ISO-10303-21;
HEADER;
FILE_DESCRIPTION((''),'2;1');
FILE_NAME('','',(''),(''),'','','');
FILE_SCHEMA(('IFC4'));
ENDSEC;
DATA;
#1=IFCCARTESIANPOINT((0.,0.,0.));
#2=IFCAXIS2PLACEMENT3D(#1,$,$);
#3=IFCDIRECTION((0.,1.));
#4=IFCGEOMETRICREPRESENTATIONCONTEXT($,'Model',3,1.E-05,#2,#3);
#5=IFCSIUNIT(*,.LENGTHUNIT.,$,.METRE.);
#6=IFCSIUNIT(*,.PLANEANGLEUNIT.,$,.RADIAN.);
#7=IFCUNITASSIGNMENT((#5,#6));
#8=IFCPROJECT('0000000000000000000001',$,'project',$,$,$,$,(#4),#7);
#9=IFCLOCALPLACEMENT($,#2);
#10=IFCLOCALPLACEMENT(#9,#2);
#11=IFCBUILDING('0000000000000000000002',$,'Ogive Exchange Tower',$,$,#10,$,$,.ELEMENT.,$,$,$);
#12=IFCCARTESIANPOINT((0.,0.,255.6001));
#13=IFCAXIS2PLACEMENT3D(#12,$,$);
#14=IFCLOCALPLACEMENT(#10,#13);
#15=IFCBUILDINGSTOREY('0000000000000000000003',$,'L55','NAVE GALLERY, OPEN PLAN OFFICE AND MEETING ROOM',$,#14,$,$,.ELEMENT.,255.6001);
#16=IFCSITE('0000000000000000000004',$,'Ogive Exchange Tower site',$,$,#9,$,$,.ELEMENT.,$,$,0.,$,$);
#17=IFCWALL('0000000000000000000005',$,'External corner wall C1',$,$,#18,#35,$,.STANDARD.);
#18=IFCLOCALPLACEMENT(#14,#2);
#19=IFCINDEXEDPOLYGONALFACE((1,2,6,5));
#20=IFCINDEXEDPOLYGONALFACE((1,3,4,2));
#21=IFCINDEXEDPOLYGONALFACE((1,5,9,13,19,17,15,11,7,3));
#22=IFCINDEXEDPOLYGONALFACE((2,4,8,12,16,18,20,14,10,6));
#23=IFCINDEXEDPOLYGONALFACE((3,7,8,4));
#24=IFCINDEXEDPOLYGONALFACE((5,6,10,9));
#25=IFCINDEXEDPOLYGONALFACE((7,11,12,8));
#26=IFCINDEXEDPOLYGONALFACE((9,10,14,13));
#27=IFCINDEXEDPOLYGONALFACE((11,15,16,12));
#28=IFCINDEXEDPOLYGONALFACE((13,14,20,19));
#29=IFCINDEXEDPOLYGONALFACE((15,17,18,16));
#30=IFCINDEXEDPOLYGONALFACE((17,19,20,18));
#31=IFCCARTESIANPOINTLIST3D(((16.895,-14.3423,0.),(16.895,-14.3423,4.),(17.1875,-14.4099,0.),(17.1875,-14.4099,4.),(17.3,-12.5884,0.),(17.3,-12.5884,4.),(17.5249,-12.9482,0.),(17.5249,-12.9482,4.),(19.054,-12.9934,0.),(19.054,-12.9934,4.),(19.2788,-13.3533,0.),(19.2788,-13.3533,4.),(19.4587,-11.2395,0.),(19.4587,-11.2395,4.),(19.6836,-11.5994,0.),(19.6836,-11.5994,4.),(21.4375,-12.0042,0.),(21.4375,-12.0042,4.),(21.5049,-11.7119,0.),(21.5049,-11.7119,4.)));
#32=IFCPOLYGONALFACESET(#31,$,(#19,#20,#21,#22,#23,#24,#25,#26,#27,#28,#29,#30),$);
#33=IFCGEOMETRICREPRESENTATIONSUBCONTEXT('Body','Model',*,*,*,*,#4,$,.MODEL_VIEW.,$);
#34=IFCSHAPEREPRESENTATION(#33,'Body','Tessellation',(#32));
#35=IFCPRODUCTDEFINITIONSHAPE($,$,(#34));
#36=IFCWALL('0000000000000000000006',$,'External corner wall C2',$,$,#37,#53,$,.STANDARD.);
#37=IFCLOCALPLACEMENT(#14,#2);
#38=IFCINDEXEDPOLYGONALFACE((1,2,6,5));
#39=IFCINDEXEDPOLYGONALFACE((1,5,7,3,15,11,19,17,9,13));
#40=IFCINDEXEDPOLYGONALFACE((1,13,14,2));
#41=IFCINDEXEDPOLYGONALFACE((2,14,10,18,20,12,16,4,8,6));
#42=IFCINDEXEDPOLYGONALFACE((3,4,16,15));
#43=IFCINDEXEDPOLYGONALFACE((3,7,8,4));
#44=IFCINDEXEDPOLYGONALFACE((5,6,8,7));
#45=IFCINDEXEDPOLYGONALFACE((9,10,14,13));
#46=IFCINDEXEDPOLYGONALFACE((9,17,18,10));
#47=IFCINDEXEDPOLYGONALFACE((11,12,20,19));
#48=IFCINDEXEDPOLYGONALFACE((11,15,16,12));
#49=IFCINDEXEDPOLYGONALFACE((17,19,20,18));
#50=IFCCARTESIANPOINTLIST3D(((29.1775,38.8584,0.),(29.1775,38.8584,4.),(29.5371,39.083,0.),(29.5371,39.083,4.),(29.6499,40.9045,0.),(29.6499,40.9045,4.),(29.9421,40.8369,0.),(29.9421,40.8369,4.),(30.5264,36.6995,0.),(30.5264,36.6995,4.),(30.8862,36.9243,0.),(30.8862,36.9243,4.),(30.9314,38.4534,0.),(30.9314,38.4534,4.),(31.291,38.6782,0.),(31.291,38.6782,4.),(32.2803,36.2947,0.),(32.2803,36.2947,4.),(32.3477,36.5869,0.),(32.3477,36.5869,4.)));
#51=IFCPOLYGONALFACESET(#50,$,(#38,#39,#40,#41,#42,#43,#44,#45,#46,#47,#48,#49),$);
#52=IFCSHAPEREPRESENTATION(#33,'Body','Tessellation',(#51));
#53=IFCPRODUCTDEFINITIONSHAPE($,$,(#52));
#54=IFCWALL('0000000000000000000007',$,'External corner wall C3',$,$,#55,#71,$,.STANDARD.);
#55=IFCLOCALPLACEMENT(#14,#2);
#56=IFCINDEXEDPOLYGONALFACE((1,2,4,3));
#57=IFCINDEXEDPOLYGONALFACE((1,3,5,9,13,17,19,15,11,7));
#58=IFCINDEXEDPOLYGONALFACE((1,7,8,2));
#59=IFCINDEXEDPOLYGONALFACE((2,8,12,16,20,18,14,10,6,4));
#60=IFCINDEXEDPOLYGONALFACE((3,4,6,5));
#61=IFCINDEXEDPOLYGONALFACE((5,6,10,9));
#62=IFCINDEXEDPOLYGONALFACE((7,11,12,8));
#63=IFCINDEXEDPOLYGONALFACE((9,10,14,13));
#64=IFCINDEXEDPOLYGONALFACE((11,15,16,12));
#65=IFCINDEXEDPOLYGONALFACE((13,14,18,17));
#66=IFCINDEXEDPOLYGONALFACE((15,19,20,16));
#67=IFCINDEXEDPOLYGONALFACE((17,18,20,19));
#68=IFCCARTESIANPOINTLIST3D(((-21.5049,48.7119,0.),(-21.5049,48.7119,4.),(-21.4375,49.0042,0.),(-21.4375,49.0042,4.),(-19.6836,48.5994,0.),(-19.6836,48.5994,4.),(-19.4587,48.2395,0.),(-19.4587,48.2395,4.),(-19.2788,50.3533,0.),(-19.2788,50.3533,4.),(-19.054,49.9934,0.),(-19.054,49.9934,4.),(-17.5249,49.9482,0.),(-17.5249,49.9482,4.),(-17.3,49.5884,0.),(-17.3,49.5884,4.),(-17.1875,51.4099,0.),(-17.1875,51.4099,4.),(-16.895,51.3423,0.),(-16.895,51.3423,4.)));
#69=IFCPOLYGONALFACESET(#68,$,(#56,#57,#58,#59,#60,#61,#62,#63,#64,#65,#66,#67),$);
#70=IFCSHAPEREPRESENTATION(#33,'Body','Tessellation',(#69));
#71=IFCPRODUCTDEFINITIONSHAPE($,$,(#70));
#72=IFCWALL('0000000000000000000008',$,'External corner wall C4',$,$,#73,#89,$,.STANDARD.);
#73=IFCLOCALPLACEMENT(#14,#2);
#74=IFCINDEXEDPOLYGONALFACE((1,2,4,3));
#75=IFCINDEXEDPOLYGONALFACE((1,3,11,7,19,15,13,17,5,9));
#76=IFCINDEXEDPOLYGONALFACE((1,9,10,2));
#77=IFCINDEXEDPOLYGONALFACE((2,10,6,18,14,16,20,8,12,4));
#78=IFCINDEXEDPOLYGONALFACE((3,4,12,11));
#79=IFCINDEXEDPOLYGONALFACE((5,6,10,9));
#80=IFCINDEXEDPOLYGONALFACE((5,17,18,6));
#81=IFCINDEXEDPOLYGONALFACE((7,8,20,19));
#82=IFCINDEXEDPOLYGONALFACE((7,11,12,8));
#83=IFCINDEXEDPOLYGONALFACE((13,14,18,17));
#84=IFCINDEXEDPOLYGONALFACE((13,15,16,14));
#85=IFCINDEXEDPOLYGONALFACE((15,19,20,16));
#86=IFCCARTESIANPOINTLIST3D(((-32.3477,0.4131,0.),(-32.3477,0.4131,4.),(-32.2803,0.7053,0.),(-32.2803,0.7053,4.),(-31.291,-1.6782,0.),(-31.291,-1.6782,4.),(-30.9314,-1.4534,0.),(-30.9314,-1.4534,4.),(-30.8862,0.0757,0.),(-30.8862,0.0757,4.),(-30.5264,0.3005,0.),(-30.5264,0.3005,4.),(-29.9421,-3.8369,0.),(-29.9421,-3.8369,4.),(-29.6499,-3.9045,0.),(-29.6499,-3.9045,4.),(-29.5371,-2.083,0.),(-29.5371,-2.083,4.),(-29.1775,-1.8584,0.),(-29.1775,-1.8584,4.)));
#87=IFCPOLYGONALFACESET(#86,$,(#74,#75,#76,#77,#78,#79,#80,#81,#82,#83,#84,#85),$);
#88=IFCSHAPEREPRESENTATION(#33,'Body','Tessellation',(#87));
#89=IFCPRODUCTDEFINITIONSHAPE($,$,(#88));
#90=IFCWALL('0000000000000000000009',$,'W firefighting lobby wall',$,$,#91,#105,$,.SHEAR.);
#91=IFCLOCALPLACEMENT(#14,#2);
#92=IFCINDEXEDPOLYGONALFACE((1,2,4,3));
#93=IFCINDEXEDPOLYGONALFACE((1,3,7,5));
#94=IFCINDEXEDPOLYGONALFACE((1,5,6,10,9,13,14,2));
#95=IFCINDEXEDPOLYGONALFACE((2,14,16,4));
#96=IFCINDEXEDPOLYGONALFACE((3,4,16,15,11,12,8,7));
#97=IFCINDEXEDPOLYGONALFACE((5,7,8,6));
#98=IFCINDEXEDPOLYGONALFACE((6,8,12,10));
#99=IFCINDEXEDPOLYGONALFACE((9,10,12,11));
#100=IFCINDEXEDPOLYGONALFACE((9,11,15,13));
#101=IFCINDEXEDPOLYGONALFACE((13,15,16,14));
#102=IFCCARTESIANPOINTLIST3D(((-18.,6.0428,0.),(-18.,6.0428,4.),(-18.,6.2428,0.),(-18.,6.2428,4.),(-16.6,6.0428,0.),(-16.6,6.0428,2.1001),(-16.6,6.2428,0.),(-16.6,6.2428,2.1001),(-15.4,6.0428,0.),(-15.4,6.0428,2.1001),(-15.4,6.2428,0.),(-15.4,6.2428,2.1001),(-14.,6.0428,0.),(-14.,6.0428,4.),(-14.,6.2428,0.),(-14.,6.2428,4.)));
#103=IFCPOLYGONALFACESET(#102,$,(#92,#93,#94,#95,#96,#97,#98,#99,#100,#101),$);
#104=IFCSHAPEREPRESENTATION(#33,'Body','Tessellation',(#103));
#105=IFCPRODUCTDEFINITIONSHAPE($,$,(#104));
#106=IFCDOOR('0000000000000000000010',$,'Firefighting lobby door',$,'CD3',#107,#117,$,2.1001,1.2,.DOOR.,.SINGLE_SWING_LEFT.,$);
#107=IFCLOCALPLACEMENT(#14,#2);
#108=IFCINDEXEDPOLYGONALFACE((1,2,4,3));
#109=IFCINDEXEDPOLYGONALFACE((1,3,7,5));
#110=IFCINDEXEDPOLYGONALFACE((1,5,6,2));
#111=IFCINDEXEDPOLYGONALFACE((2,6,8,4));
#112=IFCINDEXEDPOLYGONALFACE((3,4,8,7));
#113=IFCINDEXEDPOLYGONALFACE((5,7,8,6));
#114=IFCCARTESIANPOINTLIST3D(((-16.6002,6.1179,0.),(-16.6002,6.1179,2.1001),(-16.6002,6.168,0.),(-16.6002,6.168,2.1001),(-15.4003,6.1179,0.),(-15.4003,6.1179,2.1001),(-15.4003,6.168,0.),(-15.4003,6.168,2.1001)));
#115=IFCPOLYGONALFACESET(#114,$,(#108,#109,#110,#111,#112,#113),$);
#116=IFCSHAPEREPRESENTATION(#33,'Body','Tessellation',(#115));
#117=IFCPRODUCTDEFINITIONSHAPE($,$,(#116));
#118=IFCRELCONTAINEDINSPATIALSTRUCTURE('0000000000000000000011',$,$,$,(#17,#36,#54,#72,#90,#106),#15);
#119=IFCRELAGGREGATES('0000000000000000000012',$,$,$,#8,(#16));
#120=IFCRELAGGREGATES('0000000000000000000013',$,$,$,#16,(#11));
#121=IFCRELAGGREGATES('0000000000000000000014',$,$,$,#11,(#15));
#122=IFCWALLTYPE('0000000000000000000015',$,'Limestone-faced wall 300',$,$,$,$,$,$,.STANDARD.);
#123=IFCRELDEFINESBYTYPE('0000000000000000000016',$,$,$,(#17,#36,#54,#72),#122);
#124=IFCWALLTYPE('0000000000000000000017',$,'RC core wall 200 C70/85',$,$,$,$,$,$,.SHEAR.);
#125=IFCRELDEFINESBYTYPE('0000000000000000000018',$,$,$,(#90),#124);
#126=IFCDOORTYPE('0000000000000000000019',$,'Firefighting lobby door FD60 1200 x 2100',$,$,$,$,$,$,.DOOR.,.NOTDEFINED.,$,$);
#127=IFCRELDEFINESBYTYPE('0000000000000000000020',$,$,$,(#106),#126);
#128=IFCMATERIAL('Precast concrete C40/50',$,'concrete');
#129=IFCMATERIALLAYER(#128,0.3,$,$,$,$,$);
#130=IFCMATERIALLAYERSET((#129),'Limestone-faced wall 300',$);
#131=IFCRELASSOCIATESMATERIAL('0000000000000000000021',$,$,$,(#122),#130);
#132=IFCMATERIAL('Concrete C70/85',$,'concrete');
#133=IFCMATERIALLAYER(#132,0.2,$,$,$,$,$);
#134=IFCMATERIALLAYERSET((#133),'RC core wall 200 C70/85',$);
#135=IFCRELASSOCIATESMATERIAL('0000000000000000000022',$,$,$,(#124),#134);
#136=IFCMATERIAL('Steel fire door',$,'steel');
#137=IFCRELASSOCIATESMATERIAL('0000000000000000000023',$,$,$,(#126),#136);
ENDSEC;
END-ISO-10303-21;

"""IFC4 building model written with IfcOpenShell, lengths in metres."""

from ifc_helpers import new_model, si_unit, direction, frame, frame_2d, origin, place, context, subcontext, project, spatial, polyline, rectangle, outline, extrude, material, layer, layer_set, type_object, element, fill, save


model = new_model("IFC4")

# Units and contexts
model_context = context("Model", 3, precision=1e-05, world=origin(), true_north=direction((0.0, 1.0)))
body_context = subcontext(model_context, "Body", "Model", "MODEL_VIEW")
ifc_project = project(units=[si_unit("LENGTHUNIT", "METRE"), si_unit("PLANEANGLEUNIT", "RADIAN")], contexts=[model_context])

# Site, building, storey
site_placement = place(None, origin())
site = spatial("IfcSite", under=ifc_project, at=site_placement, Name="Ogive Exchange Tower site", CompositionType="ELEMENT", RefElevation=0.0)
building_placement = place(site_placement, origin())
building = spatial("IfcBuilding", under=site, at=building_placement, Name="Ogive Exchange Tower", CompositionType="ELEMENT")
storey_placement = place(building_placement, frame((0.0, 0.0, 255.6001)))
storey = spatial("IfcBuildingStorey", under=building, at=storey_placement, Name="L55", Description="NAVE GALLERY, OPEN PLAN OFFICE AND MEETING ROOM", CompositionType="ELEMENT", Elevation=255.6001)

# Walls
ifc_material_1 = material(Name="Precast concrete C40/50", Category="concrete")
ifc_layer_1 = layer(ifc_material_1, 0.3)
ifc_layer_set_1 = layer_set([ifc_layer_1], Name="Limestone-faced wall 300")
wall_type_1 = type_object("IfcWallType", Name="Limestone-faced wall 300", PredefinedType="STANDARD", material=ifc_layer_set_1)
wall_1_placement = place(storey_placement, origin())
element("IfcWall", 1, at=wall_1_placement, inside=storey, type_object=wall_type_1, Name="External corner wall C1", PredefinedType="STANDARD", context=body_context, shape_type="SweptSolid", body=[
    extrude(outline(polyline([(19.054, -12.9934), (19.4587, -11.2395), (21.5049, -11.7119), (21.4375, -12.0042), (19.6836, -11.5994), (19.2788, -13.3533), (17.5249, -12.9482), (17.1875, -14.4099), (16.895, -14.3423), (17.3, -12.5884), (19.054, -12.9934)])), origin(), (0.0, 0.0, 1.0), 4.0),
])
wall_2_placement = place(storey_placement, origin())
element("IfcWall", 2, at=wall_2_placement, inside=storey, type_object=wall_type_1, Name="External corner wall C2", PredefinedType="STANDARD", context=body_context, shape_type="SweptSolid", body=[
    extrude(outline(polyline([(30.9314, 38.4534), (29.1775, 38.8584), (29.6499, 40.9045), (29.9421, 40.8369), (29.5371, 39.083), (31.291, 38.6782), (30.8862, 36.9243), (32.3477, 36.5869), (32.2803, 36.2947), (30.5264, 36.6995), (30.9314, 38.4534)])), origin(), (0.0, 0.0, 1.0), 4.0),
])
wall_3_placement = place(storey_placement, origin())
element("IfcWall", 3, at=wall_3_placement, inside=storey, type_object=wall_type_1, Name="External corner wall C3", PredefinedType="STANDARD", context=body_context, shape_type="SweptSolid", body=[
    extrude(outline(polyline([(-21.5049, 48.7119), (-21.4375, 49.0042), (-19.6836, 48.5994), (-19.2788, 50.3533), (-17.5249, 49.9482), (-17.1875, 51.4099), (-16.895, 51.3423), (-17.3, 49.5884), (-19.054, 49.9934), (-19.4587, 48.2395), (-21.5049, 48.7119)])), origin(), (0.0, 0.0, 1.0), 4.0),
])
wall_4_placement = place(storey_placement, origin())
element("IfcWall", 4, at=wall_4_placement, inside=storey, type_object=wall_type_1, Name="External corner wall C4", PredefinedType="STANDARD", context=body_context, shape_type="SweptSolid", body=[
    extrude(outline(polyline([(-31.291, -1.6782), (-30.8862, 0.0757), (-32.3477, 0.4131), (-32.2803, 0.7053), (-30.5264, 0.3005), (-30.9314, -1.4534), (-29.1775, -1.8584), (-29.6499, -3.9045), (-29.9421, -3.8369), (-29.5371, -2.083), (-31.291, -1.6782)])), origin(), (0.0, 0.0, 1.0), 4.0),
])

# Wall, opening, door
ifc_material_2 = material(Name="Concrete C70/85", Category="concrete")
ifc_layer_2 = layer(ifc_material_2, 0.2)
ifc_layer_set_2 = layer_set([ifc_layer_2], Name="RC core wall 200 C70/85")
wall_type_2 = type_object("IfcWallType", Name="RC core wall 200 C70/85", PredefinedType="SHEAR", material=ifc_layer_set_2)
wall_5_placement = place(storey_placement, frame((-18.0, 6.1428, 0.0), z_axis=(0.0, 0.0, 1.0), x_axis=(1.0, 0.0, 0.0)))
wall_5 = element("IfcWall", 5, at=wall_5_placement, inside=storey, type_object=wall_type_2, Name="W firefighting lobby wall", PredefinedType="SHEAR", context=body_context, shape_type="SweptSolid", body=[
    extrude(rectangle(XDim=4.0, YDim=0.2, at=frame_2d((2.0, 0.0))), origin(), (0.0, 0.0, 1.0), 4.0),
])
opening_1_placement = place(wall_5_placement, frame((1.3999, 0.0, 0.0)))
opening_1 = element("IfcOpeningElement", 6, at=opening_1_placement, cuts=wall_5, PredefinedType="OPENING", context=body_context, shape_type="SweptSolid", body=[
    extrude(rectangle(XDim=1.2, YDim=2.1001, at=frame_2d((0.6001, 1.05))), frame((0.0, 0.1099, 0.0), z_axis=(0.0, -1.0, 0.0), x_axis=(1.0, 0.0, 0.0)), (0.0, 0.0, 1.0), 0.22),
])
ifc_material_3 = material(Name="Steel fire door", Category="steel")
door_type_1 = type_object("IfcDoorType", Name="Firefighting lobby door FD60 1200 x 2100", OperationType="NOTDEFINED", PredefinedType="DOOR", material=ifc_material_3)
door_1_placement = place(opening_1_placement, frame((1.2, 0.0, 0.0), z_axis=(0.0, 0.0, 1.0), x_axis=(-1.0, 0.0, 0.0)))
door_1 = element("IfcDoor", 7, at=door_1_placement, inside=storey, type_object=door_type_1, Name="Firefighting lobby door", ObjectType="CD3", OperationType="SINGLE_SWING_LEFT", OverallHeight=2.1001, OverallWidth=1.2, PredefinedType="DOOR", context=body_context, shape_type="SweptSolid", body=[
    extrude(rectangle(XDim=1.2, YDim=2.1001, at=frame_2d((0.6001, 1.05))), frame((0.0, 0.0249, 0.0), z_axis=(0.0, -1.0, 0.0), x_axis=(1.0, 0.0, 0.0)), (0.0, 0.0, 1.0), 0.05),
])
fill(opening_1, door_1)

save(model, "model.ifc")
